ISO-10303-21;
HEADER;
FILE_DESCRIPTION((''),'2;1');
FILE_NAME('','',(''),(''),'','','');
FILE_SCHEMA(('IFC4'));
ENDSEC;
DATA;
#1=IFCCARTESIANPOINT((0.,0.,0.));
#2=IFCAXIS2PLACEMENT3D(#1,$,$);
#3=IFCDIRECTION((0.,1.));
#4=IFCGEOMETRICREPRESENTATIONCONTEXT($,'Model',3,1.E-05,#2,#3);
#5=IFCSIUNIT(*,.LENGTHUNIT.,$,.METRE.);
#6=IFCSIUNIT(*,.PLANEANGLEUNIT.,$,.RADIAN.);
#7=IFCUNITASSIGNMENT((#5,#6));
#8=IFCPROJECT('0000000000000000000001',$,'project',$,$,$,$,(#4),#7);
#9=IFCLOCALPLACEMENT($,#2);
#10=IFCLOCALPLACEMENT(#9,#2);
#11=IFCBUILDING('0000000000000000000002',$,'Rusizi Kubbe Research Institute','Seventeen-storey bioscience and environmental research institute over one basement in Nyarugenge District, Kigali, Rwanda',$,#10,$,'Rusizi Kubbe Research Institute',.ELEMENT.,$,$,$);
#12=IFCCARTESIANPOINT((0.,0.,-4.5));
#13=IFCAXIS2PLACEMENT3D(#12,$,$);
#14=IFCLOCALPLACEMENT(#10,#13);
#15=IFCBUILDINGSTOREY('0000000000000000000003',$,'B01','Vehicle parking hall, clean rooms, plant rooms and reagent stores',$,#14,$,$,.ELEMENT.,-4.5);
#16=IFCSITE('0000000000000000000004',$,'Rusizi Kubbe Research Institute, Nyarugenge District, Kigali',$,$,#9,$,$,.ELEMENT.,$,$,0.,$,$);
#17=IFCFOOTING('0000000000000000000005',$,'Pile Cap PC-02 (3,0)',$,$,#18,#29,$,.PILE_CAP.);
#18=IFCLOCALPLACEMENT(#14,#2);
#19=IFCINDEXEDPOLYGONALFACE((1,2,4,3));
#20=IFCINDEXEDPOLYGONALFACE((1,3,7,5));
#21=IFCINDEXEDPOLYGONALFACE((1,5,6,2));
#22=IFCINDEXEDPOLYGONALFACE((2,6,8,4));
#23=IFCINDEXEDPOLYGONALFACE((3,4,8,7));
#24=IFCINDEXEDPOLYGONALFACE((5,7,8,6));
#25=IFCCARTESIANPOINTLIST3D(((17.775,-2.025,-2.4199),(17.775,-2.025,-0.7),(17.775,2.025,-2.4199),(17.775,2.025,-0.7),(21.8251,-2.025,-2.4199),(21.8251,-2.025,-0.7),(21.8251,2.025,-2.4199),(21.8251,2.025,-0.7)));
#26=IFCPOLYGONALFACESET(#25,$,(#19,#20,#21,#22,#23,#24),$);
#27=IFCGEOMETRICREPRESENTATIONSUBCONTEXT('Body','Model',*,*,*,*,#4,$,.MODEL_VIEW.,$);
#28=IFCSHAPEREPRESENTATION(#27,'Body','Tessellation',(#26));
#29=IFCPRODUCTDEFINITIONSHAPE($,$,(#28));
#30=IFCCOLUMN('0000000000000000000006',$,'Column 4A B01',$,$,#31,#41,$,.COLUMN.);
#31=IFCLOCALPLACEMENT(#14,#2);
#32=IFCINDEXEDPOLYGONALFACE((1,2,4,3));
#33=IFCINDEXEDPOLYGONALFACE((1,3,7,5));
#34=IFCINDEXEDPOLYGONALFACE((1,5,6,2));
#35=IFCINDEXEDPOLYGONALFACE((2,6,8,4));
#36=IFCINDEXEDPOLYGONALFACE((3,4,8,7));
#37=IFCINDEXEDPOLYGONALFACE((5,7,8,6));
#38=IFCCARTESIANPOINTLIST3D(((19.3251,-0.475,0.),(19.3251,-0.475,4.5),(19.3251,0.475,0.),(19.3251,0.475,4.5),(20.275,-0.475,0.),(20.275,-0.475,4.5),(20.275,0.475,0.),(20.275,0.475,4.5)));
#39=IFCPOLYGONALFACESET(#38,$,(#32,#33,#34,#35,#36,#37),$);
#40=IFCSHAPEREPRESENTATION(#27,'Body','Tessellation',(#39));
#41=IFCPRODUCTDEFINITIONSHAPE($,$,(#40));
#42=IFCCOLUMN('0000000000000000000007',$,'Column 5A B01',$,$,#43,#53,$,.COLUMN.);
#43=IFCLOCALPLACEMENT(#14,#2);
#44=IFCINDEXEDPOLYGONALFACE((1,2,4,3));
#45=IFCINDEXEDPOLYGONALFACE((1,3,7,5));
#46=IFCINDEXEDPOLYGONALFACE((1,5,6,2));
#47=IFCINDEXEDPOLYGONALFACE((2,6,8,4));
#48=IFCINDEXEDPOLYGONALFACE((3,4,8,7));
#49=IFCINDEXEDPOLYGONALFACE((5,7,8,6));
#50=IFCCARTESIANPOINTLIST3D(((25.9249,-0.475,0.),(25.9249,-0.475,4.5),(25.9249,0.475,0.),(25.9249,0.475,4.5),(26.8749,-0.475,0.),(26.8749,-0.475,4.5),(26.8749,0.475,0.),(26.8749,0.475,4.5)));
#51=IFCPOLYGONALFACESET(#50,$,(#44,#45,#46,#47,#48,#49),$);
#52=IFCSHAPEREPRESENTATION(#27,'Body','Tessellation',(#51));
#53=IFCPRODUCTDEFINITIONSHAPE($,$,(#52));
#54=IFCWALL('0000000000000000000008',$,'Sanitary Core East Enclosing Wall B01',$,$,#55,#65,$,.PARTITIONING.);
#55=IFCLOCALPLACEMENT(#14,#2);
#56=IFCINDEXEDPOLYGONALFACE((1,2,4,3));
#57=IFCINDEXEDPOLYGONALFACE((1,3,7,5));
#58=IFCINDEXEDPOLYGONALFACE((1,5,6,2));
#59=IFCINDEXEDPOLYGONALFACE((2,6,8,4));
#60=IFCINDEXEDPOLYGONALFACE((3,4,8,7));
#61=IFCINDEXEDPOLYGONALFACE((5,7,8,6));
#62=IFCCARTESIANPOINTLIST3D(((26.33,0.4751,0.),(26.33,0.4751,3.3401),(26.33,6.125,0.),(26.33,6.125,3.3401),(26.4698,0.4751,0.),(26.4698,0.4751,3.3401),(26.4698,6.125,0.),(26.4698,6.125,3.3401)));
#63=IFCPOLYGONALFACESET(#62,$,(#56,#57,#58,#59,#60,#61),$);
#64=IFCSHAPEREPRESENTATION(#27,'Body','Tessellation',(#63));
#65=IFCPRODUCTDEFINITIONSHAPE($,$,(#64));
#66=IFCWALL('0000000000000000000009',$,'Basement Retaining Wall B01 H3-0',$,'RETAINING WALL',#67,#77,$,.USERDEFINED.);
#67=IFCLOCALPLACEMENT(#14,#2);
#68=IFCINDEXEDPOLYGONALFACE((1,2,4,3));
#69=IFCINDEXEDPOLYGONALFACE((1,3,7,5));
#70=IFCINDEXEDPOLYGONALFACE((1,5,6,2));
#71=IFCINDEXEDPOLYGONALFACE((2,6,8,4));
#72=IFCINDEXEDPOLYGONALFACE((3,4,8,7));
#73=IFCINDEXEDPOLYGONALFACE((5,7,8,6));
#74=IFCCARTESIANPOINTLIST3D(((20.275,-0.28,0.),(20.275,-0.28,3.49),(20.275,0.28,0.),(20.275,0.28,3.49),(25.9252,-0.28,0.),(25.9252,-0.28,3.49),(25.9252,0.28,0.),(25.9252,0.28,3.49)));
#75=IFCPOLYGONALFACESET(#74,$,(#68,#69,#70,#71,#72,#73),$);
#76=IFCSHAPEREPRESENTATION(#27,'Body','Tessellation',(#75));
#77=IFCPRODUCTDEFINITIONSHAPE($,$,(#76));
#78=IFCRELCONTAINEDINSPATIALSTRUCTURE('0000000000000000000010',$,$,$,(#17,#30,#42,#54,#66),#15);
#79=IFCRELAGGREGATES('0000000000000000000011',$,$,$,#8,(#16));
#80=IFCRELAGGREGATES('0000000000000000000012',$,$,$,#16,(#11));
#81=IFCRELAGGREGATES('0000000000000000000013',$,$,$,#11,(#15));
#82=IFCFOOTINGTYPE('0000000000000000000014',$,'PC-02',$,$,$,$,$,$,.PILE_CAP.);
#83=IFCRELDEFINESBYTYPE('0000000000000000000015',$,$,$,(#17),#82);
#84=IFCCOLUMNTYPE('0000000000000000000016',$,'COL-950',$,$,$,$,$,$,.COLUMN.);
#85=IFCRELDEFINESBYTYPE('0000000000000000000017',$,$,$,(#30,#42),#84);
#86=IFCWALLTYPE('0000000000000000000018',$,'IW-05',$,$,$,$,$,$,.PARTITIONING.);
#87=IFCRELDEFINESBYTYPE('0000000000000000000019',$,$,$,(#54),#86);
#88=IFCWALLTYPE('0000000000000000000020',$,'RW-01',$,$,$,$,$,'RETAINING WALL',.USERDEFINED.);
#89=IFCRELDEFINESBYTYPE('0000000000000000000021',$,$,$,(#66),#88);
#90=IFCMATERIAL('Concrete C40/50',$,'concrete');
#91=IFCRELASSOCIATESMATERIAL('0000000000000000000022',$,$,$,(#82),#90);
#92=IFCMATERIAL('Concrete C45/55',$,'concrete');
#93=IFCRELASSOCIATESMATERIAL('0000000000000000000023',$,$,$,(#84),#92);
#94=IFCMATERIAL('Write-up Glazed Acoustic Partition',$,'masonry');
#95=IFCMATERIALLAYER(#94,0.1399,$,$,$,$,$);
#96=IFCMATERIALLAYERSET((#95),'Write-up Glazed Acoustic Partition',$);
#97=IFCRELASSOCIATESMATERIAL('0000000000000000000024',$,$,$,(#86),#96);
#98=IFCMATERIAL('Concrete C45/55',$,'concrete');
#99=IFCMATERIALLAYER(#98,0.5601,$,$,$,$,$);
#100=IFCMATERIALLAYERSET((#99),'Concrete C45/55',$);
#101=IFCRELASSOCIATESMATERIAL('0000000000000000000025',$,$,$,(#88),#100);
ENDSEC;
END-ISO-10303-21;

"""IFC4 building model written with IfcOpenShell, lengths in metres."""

from ifc_helpers import new_model, si_unit, direction, frame, frame_2d, origin, origin_2d, place, context, subcontext, project, spatial, rectangle, extrude, material, layer, layer_set, material_profile, profile_set, type_object, element, save


model = new_model("IFC4")

# Units and contexts
model_context = context("Model", 3, precision=1e-05, world=origin(), true_north=direction((0.0, 1.0)))
body_context = subcontext(model_context, "Body", "Model", "MODEL_VIEW")
ifc_project = project(units=[si_unit("LENGTHUNIT", "METRE"), si_unit("PLANEANGLEUNIT", "RADIAN")], contexts=[model_context])

# Site, building, storey
site_placement = place(None, origin())
site = spatial("IfcSite", under=ifc_project, at=site_placement, Name="Rusizi Kubbe Research Institute, Nyarugenge District, Kigali", CompositionType="ELEMENT", RefElevation=0.0)
building_placement = place(site_placement, origin())
building = spatial("IfcBuilding", under=site, at=building_placement, Name="Rusizi Kubbe Research Institute", Description="Seventeen-storey bioscience and environmental research institute over one basement in Nyarugenge District, Kigali, Rwanda", LongName="Rusizi Kubbe Research Institute", CompositionType="ELEMENT")
storey_placement = place(building_placement, frame((0.0, 0.0, -4.5)))
storey = spatial("IfcBuildingStorey", under=building, at=storey_placement, Name="B01", Description="Vehicle parking hall, clean rooms, plant rooms and reagent stores", CompositionType="ELEMENT", Elevation=-4.5)

# Footing
ifc_material_1 = material(Name="Concrete C40/50", Category="concrete")
footing_type_1 = type_object("IfcFootingType", Name="PC-02", PredefinedType="PILE_CAP", material=ifc_material_1)
footing_placement = place(storey_placement, frame((19.8, 0.0, -2.4199), z_axis=(0.0, 0.0, 1.0), x_axis=(1.0, 0.0, 0.0)))
element("IfcFooting", 1, at=footing_placement, inside=storey, type_object=footing_type_1, Name="Pile Cap PC-02 (3,0)", PredefinedType="PILE_CAP", context=body_context, shape_type="SweptSolid", body=[
    extrude(rectangle(XDim=4.05, YDim=4.05, at=origin_2d()), origin(), (0.0, 0.0, 1.0), 1.72),
])

# Columns
ifc_material_2 = material(Name="Concrete C45/55", Category="concrete")
ifc_material_profile_1 = material_profile(ifc_material_2, rectangle(XDim=0.95, YDim=0.95, at=origin_2d()), Name="RC950x950")
ifc_profile_set_1 = profile_set([ifc_material_profile_1], Name="Concrete C45/55")
column_type = type_object("IfcColumnType", Name="COL-950", PredefinedType="COLUMN", material=ifc_profile_set_1)
for number, where, z_axis, x_axis, name in (
    (2, (19.8, 0.0, 0.0), (0.0, 0.0, 1.0), (1.0, 0.0, 0.0), "Column 4A B01"),
    (3, (26.3999, 0.0, 0.0), (0.0, 0.0, 1.0), (1.0, 0.0, 0.0), "Column 5A B01"),
):
    element("IfcColumn", number, at=place(storey_placement, frame(where, z_axis=z_axis, x_axis=x_axis)), inside=storey, type_object=column_type, Name=name, PredefinedType="COLUMN", context=body_context, shape_type="SweptSolid", body=[
        extrude(rectangle(XDim=0.95, YDim=0.95, at=origin_2d()), origin(), (0.0, 0.0, 1.0), 4.5),
    ])

# Walls
ifc_material_3 = material(Name="Write-up Glazed Acoustic Partition", Category="masonry")
ifc_layer_1 = layer(ifc_material_3, 0.1399)
ifc_layer_set_1 = layer_set([ifc_layer_1], Name="Write-up Glazed Acoustic Partition")
wall_type_1 = type_object("IfcWallType", Name="IW-05", PredefinedType="PARTITIONING", material=ifc_layer_set_1)
wall_1_placement = place(storey_placement, frame((26.3999, 0.4751, 0.0), z_axis=(0.0, 0.0, 1.0), x_axis=(0.0, 1.0, 0.0)))
element("IfcWall", 4, at=wall_1_placement, inside=storey, type_object=wall_type_1, Name="Sanitary Core East Enclosing Wall B01", PredefinedType="PARTITIONING", context=body_context, shape_type="SweptSolid", body=[
    extrude(rectangle(XDim=5.6499, YDim=0.1399, at=frame_2d((2.825, 0.0))), origin(), (0.0, 0.0, 1.0), 3.3401),
])
ifc_material_4 = material(Name="Concrete C45/55", Category="concrete")
ifc_layer_2 = layer(ifc_material_4, 0.5601)
ifc_layer_set_2 = layer_set([ifc_layer_2], Name="Concrete C45/55")
wall_type_2 = type_object("IfcWallType", Name="RW-01", ElementType="RETAINING WALL", PredefinedType="USERDEFINED", material=ifc_layer_set_2)
wall_2_placement = place(storey_placement, frame((20.2749, 0.0, 0.0), z_axis=(0.0, 0.0, 1.0), x_axis=(1.0, 0.0, 0.0)))
element("IfcWall", 5, at=wall_2_placement, inside=storey, type_object=wall_type_2, Name="Basement Retaining Wall B01 H3-0", ObjectType="RETAINING WALL", PredefinedType="USERDEFINED", context=body_context, shape_type="SweptSolid", body=[
    extrude(rectangle(XDim=5.6501, YDim=0.5601, at=frame_2d((2.8252, 0.0))), origin(), (0.0, 0.0, 1.0), 3.49),
])

save(model, "model.ifc")
